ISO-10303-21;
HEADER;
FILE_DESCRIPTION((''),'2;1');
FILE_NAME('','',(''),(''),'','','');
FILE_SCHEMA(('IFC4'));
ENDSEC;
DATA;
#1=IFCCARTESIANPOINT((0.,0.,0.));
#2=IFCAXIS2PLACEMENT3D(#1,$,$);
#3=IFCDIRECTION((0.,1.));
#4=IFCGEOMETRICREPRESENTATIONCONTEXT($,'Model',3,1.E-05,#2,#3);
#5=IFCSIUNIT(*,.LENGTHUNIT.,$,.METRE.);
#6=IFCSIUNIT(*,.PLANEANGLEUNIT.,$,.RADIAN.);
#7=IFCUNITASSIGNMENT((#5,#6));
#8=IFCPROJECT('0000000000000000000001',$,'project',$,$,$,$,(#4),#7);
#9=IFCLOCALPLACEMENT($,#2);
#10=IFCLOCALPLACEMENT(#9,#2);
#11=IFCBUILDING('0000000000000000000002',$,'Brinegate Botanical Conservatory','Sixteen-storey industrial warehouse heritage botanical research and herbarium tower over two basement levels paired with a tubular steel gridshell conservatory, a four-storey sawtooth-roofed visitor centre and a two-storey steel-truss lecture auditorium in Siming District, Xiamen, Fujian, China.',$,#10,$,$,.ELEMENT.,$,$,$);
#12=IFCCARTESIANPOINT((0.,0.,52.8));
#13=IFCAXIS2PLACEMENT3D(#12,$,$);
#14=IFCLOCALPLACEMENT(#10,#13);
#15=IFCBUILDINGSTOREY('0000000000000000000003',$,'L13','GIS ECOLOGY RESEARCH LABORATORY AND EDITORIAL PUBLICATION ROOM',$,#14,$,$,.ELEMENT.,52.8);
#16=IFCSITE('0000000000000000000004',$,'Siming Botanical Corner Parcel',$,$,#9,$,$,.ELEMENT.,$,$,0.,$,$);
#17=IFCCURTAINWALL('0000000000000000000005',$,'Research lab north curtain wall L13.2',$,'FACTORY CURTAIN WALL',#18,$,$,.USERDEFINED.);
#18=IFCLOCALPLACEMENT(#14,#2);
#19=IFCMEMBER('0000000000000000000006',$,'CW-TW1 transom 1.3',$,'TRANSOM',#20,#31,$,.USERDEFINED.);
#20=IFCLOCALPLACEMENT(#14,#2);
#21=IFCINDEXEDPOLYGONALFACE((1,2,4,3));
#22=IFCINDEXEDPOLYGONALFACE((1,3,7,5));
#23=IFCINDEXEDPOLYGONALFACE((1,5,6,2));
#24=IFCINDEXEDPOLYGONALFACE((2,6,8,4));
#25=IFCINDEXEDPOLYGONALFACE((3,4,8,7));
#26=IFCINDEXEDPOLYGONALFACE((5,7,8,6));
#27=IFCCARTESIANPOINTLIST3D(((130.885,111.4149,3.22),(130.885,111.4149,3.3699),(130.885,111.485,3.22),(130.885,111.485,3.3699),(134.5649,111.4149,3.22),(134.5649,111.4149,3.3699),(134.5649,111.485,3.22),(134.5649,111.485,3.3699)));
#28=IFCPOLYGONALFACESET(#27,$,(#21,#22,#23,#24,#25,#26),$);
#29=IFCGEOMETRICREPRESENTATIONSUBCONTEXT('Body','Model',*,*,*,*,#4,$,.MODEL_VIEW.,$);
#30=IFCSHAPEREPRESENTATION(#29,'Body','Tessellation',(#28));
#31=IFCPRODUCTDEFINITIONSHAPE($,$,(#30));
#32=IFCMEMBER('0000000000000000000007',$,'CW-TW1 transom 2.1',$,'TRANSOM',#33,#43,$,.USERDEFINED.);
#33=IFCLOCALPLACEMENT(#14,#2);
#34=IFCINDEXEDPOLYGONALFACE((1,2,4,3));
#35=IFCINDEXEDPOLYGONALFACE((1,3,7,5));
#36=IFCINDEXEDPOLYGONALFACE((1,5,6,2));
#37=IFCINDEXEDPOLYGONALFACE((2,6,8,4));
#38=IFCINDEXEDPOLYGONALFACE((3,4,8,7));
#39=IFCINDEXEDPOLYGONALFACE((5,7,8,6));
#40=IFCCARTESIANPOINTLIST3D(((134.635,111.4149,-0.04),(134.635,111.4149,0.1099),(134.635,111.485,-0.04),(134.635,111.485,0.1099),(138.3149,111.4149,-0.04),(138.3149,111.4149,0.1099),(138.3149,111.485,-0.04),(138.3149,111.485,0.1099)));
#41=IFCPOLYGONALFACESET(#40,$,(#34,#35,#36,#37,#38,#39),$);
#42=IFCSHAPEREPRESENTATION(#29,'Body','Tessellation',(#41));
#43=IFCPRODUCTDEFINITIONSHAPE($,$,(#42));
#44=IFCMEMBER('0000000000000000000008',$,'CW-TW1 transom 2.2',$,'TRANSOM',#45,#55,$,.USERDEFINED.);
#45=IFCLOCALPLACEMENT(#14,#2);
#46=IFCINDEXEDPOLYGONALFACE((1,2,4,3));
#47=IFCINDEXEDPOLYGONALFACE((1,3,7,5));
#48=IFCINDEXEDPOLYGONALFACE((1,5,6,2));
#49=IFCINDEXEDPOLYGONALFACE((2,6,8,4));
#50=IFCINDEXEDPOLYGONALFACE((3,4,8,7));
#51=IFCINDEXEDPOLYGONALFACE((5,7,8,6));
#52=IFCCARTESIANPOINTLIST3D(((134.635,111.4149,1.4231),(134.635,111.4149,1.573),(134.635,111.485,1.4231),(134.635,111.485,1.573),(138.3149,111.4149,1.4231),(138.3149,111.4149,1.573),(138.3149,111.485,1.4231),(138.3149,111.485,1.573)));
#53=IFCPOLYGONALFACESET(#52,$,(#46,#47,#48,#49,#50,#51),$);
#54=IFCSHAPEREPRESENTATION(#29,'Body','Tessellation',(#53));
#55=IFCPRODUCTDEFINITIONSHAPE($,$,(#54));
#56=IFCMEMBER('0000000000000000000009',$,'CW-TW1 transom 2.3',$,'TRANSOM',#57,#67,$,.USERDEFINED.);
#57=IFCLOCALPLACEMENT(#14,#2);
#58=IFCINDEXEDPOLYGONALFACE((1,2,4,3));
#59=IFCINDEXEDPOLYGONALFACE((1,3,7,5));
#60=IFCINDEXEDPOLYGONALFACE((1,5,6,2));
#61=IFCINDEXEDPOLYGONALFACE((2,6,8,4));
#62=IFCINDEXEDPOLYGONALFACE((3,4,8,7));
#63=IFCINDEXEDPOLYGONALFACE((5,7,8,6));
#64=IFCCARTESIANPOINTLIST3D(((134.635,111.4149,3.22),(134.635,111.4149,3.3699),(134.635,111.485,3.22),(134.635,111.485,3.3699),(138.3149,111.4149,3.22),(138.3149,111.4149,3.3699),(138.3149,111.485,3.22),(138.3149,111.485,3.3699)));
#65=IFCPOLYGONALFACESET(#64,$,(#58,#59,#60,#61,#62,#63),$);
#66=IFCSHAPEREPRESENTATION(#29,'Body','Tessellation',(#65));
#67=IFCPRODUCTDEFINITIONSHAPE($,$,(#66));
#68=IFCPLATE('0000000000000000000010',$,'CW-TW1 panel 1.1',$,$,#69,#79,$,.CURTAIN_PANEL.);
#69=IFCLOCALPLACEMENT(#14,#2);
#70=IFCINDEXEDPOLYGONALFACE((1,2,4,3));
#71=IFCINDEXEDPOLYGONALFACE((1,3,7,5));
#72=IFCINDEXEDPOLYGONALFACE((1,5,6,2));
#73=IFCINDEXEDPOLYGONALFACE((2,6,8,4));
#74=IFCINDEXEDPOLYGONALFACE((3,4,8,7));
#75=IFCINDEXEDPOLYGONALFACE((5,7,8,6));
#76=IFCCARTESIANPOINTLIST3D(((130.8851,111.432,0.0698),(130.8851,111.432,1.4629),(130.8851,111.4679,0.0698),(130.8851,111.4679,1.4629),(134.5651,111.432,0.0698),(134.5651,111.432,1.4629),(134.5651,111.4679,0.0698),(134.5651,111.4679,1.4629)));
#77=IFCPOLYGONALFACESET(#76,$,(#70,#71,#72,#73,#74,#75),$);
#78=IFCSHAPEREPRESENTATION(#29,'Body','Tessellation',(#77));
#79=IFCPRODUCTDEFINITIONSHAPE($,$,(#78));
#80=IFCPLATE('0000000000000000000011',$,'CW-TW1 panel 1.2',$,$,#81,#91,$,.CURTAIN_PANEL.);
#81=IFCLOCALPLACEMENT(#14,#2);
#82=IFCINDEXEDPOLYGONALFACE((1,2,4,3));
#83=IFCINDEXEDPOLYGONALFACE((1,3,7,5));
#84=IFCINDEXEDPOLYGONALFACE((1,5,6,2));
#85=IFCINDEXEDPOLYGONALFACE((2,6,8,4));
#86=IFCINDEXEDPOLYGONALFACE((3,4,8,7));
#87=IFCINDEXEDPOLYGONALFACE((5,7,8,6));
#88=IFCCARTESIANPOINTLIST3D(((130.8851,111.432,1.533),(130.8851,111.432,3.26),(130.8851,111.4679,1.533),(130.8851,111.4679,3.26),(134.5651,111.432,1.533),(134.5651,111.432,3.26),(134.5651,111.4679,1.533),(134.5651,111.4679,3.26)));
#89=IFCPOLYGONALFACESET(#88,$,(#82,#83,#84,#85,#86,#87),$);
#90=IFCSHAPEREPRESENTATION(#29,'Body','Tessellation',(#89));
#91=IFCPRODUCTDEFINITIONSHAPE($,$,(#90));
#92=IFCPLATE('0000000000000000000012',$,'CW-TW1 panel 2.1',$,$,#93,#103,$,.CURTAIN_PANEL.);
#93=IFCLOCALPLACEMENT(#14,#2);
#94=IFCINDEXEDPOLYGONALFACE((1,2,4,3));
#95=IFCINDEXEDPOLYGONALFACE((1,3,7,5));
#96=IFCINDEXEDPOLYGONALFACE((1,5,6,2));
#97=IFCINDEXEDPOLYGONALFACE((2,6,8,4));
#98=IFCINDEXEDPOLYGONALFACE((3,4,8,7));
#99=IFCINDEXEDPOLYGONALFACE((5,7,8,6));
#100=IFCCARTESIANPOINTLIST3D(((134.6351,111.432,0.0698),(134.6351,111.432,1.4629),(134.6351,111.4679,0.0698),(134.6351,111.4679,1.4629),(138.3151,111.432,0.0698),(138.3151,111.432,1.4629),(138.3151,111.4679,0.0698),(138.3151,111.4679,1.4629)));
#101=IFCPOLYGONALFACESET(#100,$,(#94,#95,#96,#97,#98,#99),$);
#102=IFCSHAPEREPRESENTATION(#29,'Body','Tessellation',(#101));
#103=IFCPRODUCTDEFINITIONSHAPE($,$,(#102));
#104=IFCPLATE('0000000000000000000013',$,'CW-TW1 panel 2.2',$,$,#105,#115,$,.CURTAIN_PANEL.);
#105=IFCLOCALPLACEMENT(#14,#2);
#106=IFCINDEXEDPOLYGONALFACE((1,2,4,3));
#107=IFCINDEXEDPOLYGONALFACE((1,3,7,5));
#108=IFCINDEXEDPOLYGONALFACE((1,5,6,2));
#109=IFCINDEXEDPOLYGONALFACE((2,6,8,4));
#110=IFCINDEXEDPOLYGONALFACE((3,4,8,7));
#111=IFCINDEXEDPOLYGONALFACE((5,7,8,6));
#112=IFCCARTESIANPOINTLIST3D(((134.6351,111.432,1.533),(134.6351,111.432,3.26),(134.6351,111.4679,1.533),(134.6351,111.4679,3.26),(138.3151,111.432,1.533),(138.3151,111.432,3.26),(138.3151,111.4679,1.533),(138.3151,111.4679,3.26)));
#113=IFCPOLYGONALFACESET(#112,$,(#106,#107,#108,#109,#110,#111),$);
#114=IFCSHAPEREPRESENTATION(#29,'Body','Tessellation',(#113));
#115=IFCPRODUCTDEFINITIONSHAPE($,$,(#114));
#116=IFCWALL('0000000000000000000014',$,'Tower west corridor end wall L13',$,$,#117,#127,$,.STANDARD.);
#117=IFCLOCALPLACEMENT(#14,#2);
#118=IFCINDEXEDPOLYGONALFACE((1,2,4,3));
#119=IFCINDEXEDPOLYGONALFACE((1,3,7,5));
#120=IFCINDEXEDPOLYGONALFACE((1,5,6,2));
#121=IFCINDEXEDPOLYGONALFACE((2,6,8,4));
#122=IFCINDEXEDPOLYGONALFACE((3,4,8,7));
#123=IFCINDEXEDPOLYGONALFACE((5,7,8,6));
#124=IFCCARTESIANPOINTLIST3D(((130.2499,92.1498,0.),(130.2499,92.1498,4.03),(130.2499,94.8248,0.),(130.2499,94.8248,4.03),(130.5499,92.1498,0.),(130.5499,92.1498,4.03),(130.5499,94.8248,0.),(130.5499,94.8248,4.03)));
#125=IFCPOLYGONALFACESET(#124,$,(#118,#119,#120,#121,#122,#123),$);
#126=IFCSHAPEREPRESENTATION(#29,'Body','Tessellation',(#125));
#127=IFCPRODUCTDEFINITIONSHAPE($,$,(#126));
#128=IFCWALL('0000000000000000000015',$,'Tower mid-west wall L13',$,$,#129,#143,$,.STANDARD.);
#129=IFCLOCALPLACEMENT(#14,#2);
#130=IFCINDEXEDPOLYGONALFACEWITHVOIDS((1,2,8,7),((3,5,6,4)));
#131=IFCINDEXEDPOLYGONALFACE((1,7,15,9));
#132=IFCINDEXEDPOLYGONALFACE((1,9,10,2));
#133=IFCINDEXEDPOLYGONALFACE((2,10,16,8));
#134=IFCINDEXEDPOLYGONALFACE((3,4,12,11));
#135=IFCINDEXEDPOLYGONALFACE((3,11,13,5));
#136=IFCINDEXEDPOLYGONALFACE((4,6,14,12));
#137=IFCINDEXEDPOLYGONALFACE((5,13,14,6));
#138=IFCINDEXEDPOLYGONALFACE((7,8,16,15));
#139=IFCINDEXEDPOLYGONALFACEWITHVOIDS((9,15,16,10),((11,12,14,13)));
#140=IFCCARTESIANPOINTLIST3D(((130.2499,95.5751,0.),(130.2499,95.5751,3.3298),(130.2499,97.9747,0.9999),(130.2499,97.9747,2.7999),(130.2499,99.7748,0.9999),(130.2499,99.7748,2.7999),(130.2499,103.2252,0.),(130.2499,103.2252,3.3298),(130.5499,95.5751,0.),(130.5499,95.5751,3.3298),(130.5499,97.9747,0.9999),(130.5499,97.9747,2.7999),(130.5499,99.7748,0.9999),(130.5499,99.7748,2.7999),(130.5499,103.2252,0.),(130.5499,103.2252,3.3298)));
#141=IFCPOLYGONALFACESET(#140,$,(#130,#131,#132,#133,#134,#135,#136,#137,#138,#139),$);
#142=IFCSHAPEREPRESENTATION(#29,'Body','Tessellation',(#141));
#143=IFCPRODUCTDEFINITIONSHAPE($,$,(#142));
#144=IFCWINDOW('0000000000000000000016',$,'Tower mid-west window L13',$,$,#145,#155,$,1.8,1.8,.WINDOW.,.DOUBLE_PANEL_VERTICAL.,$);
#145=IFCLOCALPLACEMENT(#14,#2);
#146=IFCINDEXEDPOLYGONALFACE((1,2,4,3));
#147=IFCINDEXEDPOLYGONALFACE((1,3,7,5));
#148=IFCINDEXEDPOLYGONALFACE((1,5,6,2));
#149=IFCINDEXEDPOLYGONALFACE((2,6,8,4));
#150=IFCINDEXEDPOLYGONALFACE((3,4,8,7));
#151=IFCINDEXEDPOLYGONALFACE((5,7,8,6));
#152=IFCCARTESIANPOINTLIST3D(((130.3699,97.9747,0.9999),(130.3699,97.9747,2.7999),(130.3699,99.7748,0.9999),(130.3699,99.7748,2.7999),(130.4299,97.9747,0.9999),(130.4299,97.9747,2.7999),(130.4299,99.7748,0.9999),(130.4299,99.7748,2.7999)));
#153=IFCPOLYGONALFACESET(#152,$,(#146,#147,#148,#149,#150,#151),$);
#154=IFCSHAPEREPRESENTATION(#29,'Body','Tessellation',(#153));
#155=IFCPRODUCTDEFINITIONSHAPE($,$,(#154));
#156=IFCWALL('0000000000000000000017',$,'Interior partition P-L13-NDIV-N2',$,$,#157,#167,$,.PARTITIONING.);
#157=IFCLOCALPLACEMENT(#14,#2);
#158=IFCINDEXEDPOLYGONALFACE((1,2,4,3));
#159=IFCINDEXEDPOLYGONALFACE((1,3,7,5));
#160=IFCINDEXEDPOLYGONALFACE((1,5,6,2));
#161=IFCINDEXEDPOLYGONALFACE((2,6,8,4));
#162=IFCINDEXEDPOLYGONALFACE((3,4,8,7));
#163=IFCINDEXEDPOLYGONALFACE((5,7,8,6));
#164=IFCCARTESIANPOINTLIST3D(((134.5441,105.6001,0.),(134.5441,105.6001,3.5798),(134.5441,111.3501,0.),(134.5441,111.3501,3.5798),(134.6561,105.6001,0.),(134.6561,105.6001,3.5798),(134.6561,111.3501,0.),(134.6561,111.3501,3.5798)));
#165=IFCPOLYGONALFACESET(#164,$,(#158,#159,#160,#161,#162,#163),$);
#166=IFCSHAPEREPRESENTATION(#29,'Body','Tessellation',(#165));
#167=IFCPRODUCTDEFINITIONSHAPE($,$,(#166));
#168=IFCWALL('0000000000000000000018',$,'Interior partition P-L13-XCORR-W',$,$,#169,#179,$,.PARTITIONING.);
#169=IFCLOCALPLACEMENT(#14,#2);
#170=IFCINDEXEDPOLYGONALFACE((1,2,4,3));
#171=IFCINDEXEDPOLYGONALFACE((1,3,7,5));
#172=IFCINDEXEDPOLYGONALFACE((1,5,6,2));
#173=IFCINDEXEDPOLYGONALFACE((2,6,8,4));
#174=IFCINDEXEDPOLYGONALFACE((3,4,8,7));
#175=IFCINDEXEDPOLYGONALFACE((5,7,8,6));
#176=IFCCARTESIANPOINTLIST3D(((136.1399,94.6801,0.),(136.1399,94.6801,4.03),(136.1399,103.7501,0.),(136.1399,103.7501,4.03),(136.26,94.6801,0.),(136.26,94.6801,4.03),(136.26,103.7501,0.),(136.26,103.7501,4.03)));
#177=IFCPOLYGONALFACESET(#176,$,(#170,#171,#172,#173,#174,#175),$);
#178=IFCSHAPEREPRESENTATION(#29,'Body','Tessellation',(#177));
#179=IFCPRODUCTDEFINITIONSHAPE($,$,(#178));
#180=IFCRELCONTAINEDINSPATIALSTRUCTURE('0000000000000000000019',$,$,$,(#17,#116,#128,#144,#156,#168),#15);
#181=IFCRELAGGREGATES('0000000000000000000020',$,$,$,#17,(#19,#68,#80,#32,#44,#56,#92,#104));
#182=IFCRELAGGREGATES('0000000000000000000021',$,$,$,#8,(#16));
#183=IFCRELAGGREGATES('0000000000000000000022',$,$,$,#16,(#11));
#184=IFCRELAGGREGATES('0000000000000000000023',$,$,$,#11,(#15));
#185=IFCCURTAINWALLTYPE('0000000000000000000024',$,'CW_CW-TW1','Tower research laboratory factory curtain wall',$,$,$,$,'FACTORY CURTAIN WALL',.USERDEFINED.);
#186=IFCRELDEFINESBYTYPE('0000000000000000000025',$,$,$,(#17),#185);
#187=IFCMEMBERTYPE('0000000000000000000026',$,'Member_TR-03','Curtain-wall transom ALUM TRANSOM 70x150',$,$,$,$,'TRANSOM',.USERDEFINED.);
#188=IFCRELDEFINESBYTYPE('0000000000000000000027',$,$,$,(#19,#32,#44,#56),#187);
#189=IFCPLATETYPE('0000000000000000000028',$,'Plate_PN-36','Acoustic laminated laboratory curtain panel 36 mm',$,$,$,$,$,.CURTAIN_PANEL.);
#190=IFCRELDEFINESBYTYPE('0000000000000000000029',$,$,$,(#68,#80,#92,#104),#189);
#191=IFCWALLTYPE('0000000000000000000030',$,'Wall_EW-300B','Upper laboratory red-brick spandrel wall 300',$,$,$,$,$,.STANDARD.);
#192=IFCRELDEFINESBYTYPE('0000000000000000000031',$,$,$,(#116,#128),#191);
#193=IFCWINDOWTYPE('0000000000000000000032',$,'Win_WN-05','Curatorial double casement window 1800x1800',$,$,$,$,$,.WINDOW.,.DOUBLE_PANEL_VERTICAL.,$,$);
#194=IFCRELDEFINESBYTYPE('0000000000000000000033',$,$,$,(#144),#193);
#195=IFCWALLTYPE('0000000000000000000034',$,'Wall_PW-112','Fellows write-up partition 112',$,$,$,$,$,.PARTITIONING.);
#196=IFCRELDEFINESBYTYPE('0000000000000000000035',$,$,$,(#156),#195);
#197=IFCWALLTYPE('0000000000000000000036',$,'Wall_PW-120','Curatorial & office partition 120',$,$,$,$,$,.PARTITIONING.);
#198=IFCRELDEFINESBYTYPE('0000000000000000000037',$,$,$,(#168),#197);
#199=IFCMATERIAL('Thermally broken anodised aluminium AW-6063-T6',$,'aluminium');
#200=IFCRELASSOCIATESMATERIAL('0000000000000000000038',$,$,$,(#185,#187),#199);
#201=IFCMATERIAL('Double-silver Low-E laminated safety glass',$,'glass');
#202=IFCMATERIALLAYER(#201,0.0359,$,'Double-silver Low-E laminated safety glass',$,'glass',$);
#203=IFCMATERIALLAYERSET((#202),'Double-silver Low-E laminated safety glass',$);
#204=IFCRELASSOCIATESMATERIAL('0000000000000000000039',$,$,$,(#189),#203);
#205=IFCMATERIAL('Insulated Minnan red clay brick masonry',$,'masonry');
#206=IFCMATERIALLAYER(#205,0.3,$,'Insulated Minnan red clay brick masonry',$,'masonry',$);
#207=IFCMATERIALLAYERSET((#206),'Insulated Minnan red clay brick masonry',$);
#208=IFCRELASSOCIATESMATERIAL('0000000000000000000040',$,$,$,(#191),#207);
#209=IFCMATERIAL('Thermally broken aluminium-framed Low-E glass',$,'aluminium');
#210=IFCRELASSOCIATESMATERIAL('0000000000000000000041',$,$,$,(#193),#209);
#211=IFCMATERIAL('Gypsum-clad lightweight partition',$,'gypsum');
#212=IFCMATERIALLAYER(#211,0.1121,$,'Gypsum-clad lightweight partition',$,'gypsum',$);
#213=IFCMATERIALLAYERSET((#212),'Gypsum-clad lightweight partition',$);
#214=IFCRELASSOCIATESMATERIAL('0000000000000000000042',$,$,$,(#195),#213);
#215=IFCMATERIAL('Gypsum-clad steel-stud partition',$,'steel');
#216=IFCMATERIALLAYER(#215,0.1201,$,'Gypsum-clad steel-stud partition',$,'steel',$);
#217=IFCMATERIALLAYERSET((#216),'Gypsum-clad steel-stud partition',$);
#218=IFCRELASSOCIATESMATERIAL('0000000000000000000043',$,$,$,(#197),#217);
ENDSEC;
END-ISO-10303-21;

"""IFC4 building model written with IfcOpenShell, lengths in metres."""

from ifc_helpers import new_model, si_unit, direction, frame, frame_2d, origin, origin_2d, place, context, subcontext, project, spatial, rectangle, extrude, material, layer, layer_set, material_profile, profile_set, type_object, element, fill, aggregate, save


model = new_model("IFC4")

# Units and contexts
model_context = context("Model", 3, precision=1e-05, world=origin(), true_north=direction((0.0, 1.0)))
body_context = subcontext(model_context, "Body", "Model", "MODEL_VIEW")
ifc_project = project(units=[si_unit("LENGTHUNIT", "METRE"), si_unit("PLANEANGLEUNIT", "RADIAN")], contexts=[model_context])

# Site, building, storey
site_placement = place(None, origin())
site = spatial("IfcSite", under=ifc_project, at=site_placement, Name="Siming Botanical Corner Parcel", CompositionType="ELEMENT", RefElevation=0.0)
building_placement = place(site_placement, origin())
building = spatial("IfcBuilding", under=site, at=building_placement, Name="Brinegate Botanical Conservatory", Description="Sixteen-storey industrial warehouse heritage botanical research and herbarium tower over two basement levels paired with a tubular steel gridshell conservatory, a four-storey sawtooth-roofed visitor centre and a two-storey steel-truss lecture auditorium in Siming District, Xiamen, Fujian, China.", CompositionType="ELEMENT")
storey_placement = place(building_placement, frame((0.0, 0.0, 52.8)))
storey = spatial("IfcBuildingStorey", under=building, at=storey_placement, Name="L13", Description="GIS ECOLOGY RESEARCH LABORATORY AND EDITORIAL PUBLICATION ROOM", CompositionType="ELEMENT", Elevation=52.8)

# Curtain wall, members, plates
ifc_material_1 = material(Name="Thermally broken anodised aluminium AW-6063-T6", Category="aluminium")
curtain_wall_type = type_object("IfcCurtainWallType", Name="CW_CW-TW1", Description="Tower research laboratory factory curtain wall", ElementType="FACTORY CURTAIN WALL", PredefinedType="USERDEFINED", material=ifc_material_1)
curtain_wall_placement = place(storey_placement, origin())
curtain_wall = element("IfcCurtainWall", 1, at=curtain_wall_placement, inside=storey, type_object=curtain_wall_type, Name="Research lab north curtain wall L13.2", ObjectType="FACTORY CURTAIN WALL", PredefinedType="USERDEFINED")
ifc_material_profile_1 = material_profile(ifc_material_1, rectangle(XDim=0.0701, YDim=0.1499, at=origin_2d()), Name="ALUM TRANSOM 70x150")
ifc_profile_set_1 = profile_set([ifc_material_profile_1], Name="Thermally broken anodised aluminium AW-6063-T6")
member_type_1 = type_object("IfcMemberType", Name="Member_TR-03", Description="Curtain-wall transom ALUM TRANSOM 70x150", ElementType="TRANSOM", PredefinedType="USERDEFINED", material=ifc_profile_set_1)
member_1_placement = place(storey_placement, frame((130.885, 111.45, 3.2949), z_axis=(1.0, 0.0, 0.0), x_axis=(0.0, 1.0, 0.0)))
member_1 = element("IfcMember", 2, at=member_1_placement, type_object=member_type_1, Name="CW-TW1 transom 1.3", ObjectType="TRANSOM", PredefinedType="USERDEFINED", context=body_context, shape_type="SweptSolid", body=[
    extrude(rectangle(XDim=0.0701, YDim=0.1499, at=origin_2d()), origin(), (0.0, 0.0, 1.0), 3.6799),
])
member_2_placement = place(storey_placement, frame((134.635, 111.45, 0.0349), z_axis=(1.0, 0.0, 0.0), x_axis=(0.0, 1.0, 0.0)))
member_2 = element("IfcMember", 3, at=member_2_placement, type_object=member_type_1, Name="CW-TW1 transom 2.1", ObjectType="TRANSOM", PredefinedType="USERDEFINED", context=body_context, shape_type="SweptSolid", body=[
    extrude(rectangle(XDim=0.0701, YDim=0.1499, at=origin_2d()), origin(), (0.0, 0.0, 1.0), 3.6799),
])
member_3_placement = place(storey_placement, frame((134.635, 111.45, 1.498), z_axis=(1.0, 0.0, 0.0), x_axis=(0.0, 1.0, 0.0)))
member_3 = element("IfcMember", 4, at=member_3_placement, type_object=member_type_1, Name="CW-TW1 transom 2.2", ObjectType="TRANSOM", PredefinedType="USERDEFINED", context=body_context, shape_type="SweptSolid", body=[
    extrude(rectangle(XDim=0.0701, YDim=0.1499, at=origin_2d()), origin(), (0.0, 0.0, 1.0), 3.6799),
])
member_4_placement = place(storey_placement, frame((134.635, 111.45, 3.2949), z_axis=(1.0, 0.0, 0.0), x_axis=(0.0, 1.0, 0.0)))
member_4 = element("IfcMember", 5, at=member_4_placement, type_object=member_type_1, Name="CW-TW1 transom 2.3", ObjectType="TRANSOM", PredefinedType="USERDEFINED", context=body_context, shape_type="SweptSolid", body=[
    extrude(rectangle(XDim=0.0701, YDim=0.1499, at=origin_2d()), origin(), (0.0, 0.0, 1.0), 3.6799),
])
ifc_material_2 = material(Name="Double-silver Low-E laminated safety glass", Category="glass")
ifc_layer_1 = layer(ifc_material_2, 0.0359, Name="Double-silver Low-E laminated safety glass", Category="glass")
ifc_layer_set_1 = layer_set([ifc_layer_1], Name="Double-silver Low-E laminated safety glass")
plate_type = type_object("IfcPlateType", Name="Plate_PN-36", Description="Acoustic laminated laboratory curtain panel 36 mm", PredefinedType="CURTAIN_PANEL", material=ifc_layer_set_1)
plate_1_placement = place(storey_placement, frame((132.7251, 111.45, 0.0698), z_axis=(0.0, 0.0, 1.0), x_axis=(1.0, 0.0, 0.0)))
plate_1 = element("IfcPlate", 6, at=plate_1_placement, type_object=plate_type, Name="CW-TW1 panel 1.1", PredefinedType="CURTAIN_PANEL", context=body_context, shape_type="SweptSolid", body=[
    extrude(rectangle(XDim=3.6799, YDim=0.0359, at=origin_2d()), origin(), (0.0, 0.0, 1.0), 1.3931),
])
plate_2_placement = place(storey_placement, frame((132.7251, 111.45, 1.533), z_axis=(0.0, 0.0, 1.0), x_axis=(1.0, 0.0, 0.0)))
plate_2 = element("IfcPlate", 7, at=plate_2_placement, type_object=plate_type, Name="CW-TW1 panel 1.2", PredefinedType="CURTAIN_PANEL", context=body_context, shape_type="SweptSolid", body=[
    extrude(rectangle(XDim=3.6799, YDim=0.0359, at=origin_2d()), origin(), (0.0, 0.0, 1.0), 1.7271),
])
plate_3_placement = place(storey_placement, frame((136.4751, 111.45, 0.0698), z_axis=(0.0, 0.0, 1.0), x_axis=(1.0, 0.0, 0.0)))
plate_3 = element("IfcPlate", 8, at=plate_3_placement, type_object=plate_type, Name="CW-TW1 panel 2.1", PredefinedType="CURTAIN_PANEL", context=body_context, shape_type="SweptSolid", body=[
    extrude(rectangle(XDim=3.6799, YDim=0.0359, at=origin_2d()), origin(), (0.0, 0.0, 1.0), 1.3931),
])
plate_4_placement = place(storey_placement, frame((136.4751, 111.45, 1.533), z_axis=(0.0, 0.0, 1.0), x_axis=(1.0, 0.0, 0.0)))
plate_4 = element("IfcPlate", 9, at=plate_4_placement, type_object=plate_type, Name="CW-TW1 panel 2.2", PredefinedType="CURTAIN_PANEL", context=body_context, shape_type="SweptSolid", body=[
    extrude(rectangle(XDim=3.6799, YDim=0.0359, at=origin_2d()), origin(), (0.0, 0.0, 1.0), 1.7271),
])
aggregate(curtain_wall, [member_1, plate_1, plate_2, member_2, member_3, member_4, plate_3, plate_4])

# Wall
ifc_material_3 = material(Name="Insulated Minnan red clay brick masonry", Category="masonry")
ifc_layer_2 = layer(ifc_material_3, 0.3, Name="Insulated Minnan red clay brick masonry", Category="masonry")
ifc_layer_set_2 = layer_set([ifc_layer_2], Name="Insulated Minnan red clay brick masonry")
wall_type_1 = type_object("IfcWallType", Name="Wall_EW-300B", Description="Upper laboratory red-brick spandrel wall 300", PredefinedType="STANDARD", material=ifc_layer_set_2)
wall_1_placement = place(storey_placement, frame((130.3999, 92.1499, 0.0), z_axis=(0.0, 0.0, 1.0), x_axis=(0.0, 1.0, 0.0)))
element("IfcWall", 10, at=wall_1_placement, inside=storey, type_object=wall_type_1, Name="Tower west corridor end wall L13", PredefinedType="STANDARD", context=body_context, shape_type="SweptSolid", body=[
    extrude(rectangle(XDim=2.675, YDim=0.3, at=frame_2d((1.3374, 0.0))), origin(), (0.0, 0.0, 1.0), 4.03),
])

# Wall, opening, window
wall_2_placement = place(storey_placement, frame((130.3999, 95.575, 0.0), z_axis=(0.0, 0.0, 1.0), x_axis=(0.0, 1.0, 0.0)))
wall_2 = element("IfcWall", 11, at=wall_2_placement, inside=storey, type_object=wall_type_1, Name="Tower mid-west wall L13", PredefinedType="STANDARD", context=body_context, shape_type="SweptSolid", body=[
    extrude(rectangle(XDim=7.6501, YDim=0.3, at=frame_2d((3.8252, 0.0))), origin(), (0.0, 0.0, 1.0), 3.3298),
])
opening_1_placement = place(wall_2_placement, frame((2.3999, 0.0, 1.0)))
opening_1 = element("IfcOpeningElement", 12, at=opening_1_placement, cuts=wall_2, PredefinedType="OPENING", context=body_context, shape_type="SweptSolid", body=[
    extrude(rectangle(XDim=1.8, YDim=1.8, at=frame_2d((0.8999, 0.8999))), frame((0.0, 0.1599, 0.0), z_axis=(0.0, -1.0, 0.0), x_axis=(1.0, 0.0, 0.0)), (0.0, 0.0, 1.0), 0.3201),
])
ifc_material_4 = material(Name="Thermally broken aluminium-framed Low-E glass", Category="aluminium")
window_type = type_object("IfcWindowType", Name="Win_WN-05", Description="Curatorial double casement window 1800x1800", PartitioningType="DOUBLE_PANEL_VERTICAL", PredefinedType="WINDOW", material=ifc_material_4)
window_placement = place(opening_1_placement, origin())
window = element("IfcWindow", 13, at=window_placement, inside=storey, type_object=window_type, Name="Tower mid-west window L13", OverallHeight=1.8, OverallWidth=1.8, PartitioningType="DOUBLE_PANEL_VERTICAL", PredefinedType="WINDOW", context=body_context, shape_type="SweptSolid", body=[
    extrude(rectangle(XDim=1.8, YDim=1.8, at=frame_2d((0.8999, 0.8999))), frame((0.0, 0.03, 0.0), z_axis=(0.0, -1.0, 0.0), x_axis=(1.0, 0.0, 0.0)), (0.0, 0.0, 1.0), 0.0601),
])
fill(opening_1, window)

# Walls
ifc_material_5 = material(Name="Gypsum-clad lightweight partition", Category="gypsum")
ifc_layer_3 = layer(ifc_material_5, 0.1121, Name="Gypsum-clad lightweight partition", Category="gypsum")
ifc_layer_set_3 = layer_set([ifc_layer_3], Name="Gypsum-clad lightweight partition")
wall_type_2 = type_object("IfcWallType", Name="Wall_PW-112", Description="Fellows write-up partition 112", PredefinedType="PARTITIONING", material=ifc_layer_set_3)
wall_3_placement = place(storey_placement, frame((134.6001, 105.6001, 0.0), z_axis=(0.0, 0.0, 1.0), x_axis=(0.0, 1.0, 0.0)))
element("IfcWall", 14, at=wall_3_placement, inside=storey, type_object=wall_type_2, Name="Interior partition P-L13-NDIV-N2", PredefinedType="PARTITIONING", context=body_context, shape_type="SweptSolid", body=[
    extrude(rectangle(XDim=5.75, YDim=0.1121, at=frame_2d((2.875, 0.0))), origin(), (0.0, 0.0, 1.0), 3.5798),
])
ifc_material_6 = material(Name="Gypsum-clad steel-stud partition", Category="steel")
ifc_layer_4 = layer(ifc_material_6, 0.1201, Name="Gypsum-clad steel-stud partition", Category="steel")
ifc_layer_set_4 = layer_set([ifc_layer_4], Name="Gypsum-clad steel-stud partition")
wall_type_3 = type_object("IfcWallType", Name="Wall_PW-120", Description="Curatorial & office partition 120", PredefinedType="PARTITIONING", material=ifc_layer_set_4)
wall_4_placement = place(storey_placement, frame((136.2, 94.6799, 0.0), z_axis=(0.0, 0.0, 1.0), x_axis=(0.0, 1.0, 0.0)))
element("IfcWall", 15, at=wall_4_placement, inside=storey, type_object=wall_type_3, Name="Interior partition P-L13-XCORR-W", PredefinedType="PARTITIONING", context=body_context, shape_type="SweptSolid", body=[
    extrude(rectangle(XDim=9.0701, YDim=0.1201, at=frame_2d((4.5352, 0.0))), origin(), (0.0, 0.0, 1.0), 4.03),
])

save(model, "model.ifc")
